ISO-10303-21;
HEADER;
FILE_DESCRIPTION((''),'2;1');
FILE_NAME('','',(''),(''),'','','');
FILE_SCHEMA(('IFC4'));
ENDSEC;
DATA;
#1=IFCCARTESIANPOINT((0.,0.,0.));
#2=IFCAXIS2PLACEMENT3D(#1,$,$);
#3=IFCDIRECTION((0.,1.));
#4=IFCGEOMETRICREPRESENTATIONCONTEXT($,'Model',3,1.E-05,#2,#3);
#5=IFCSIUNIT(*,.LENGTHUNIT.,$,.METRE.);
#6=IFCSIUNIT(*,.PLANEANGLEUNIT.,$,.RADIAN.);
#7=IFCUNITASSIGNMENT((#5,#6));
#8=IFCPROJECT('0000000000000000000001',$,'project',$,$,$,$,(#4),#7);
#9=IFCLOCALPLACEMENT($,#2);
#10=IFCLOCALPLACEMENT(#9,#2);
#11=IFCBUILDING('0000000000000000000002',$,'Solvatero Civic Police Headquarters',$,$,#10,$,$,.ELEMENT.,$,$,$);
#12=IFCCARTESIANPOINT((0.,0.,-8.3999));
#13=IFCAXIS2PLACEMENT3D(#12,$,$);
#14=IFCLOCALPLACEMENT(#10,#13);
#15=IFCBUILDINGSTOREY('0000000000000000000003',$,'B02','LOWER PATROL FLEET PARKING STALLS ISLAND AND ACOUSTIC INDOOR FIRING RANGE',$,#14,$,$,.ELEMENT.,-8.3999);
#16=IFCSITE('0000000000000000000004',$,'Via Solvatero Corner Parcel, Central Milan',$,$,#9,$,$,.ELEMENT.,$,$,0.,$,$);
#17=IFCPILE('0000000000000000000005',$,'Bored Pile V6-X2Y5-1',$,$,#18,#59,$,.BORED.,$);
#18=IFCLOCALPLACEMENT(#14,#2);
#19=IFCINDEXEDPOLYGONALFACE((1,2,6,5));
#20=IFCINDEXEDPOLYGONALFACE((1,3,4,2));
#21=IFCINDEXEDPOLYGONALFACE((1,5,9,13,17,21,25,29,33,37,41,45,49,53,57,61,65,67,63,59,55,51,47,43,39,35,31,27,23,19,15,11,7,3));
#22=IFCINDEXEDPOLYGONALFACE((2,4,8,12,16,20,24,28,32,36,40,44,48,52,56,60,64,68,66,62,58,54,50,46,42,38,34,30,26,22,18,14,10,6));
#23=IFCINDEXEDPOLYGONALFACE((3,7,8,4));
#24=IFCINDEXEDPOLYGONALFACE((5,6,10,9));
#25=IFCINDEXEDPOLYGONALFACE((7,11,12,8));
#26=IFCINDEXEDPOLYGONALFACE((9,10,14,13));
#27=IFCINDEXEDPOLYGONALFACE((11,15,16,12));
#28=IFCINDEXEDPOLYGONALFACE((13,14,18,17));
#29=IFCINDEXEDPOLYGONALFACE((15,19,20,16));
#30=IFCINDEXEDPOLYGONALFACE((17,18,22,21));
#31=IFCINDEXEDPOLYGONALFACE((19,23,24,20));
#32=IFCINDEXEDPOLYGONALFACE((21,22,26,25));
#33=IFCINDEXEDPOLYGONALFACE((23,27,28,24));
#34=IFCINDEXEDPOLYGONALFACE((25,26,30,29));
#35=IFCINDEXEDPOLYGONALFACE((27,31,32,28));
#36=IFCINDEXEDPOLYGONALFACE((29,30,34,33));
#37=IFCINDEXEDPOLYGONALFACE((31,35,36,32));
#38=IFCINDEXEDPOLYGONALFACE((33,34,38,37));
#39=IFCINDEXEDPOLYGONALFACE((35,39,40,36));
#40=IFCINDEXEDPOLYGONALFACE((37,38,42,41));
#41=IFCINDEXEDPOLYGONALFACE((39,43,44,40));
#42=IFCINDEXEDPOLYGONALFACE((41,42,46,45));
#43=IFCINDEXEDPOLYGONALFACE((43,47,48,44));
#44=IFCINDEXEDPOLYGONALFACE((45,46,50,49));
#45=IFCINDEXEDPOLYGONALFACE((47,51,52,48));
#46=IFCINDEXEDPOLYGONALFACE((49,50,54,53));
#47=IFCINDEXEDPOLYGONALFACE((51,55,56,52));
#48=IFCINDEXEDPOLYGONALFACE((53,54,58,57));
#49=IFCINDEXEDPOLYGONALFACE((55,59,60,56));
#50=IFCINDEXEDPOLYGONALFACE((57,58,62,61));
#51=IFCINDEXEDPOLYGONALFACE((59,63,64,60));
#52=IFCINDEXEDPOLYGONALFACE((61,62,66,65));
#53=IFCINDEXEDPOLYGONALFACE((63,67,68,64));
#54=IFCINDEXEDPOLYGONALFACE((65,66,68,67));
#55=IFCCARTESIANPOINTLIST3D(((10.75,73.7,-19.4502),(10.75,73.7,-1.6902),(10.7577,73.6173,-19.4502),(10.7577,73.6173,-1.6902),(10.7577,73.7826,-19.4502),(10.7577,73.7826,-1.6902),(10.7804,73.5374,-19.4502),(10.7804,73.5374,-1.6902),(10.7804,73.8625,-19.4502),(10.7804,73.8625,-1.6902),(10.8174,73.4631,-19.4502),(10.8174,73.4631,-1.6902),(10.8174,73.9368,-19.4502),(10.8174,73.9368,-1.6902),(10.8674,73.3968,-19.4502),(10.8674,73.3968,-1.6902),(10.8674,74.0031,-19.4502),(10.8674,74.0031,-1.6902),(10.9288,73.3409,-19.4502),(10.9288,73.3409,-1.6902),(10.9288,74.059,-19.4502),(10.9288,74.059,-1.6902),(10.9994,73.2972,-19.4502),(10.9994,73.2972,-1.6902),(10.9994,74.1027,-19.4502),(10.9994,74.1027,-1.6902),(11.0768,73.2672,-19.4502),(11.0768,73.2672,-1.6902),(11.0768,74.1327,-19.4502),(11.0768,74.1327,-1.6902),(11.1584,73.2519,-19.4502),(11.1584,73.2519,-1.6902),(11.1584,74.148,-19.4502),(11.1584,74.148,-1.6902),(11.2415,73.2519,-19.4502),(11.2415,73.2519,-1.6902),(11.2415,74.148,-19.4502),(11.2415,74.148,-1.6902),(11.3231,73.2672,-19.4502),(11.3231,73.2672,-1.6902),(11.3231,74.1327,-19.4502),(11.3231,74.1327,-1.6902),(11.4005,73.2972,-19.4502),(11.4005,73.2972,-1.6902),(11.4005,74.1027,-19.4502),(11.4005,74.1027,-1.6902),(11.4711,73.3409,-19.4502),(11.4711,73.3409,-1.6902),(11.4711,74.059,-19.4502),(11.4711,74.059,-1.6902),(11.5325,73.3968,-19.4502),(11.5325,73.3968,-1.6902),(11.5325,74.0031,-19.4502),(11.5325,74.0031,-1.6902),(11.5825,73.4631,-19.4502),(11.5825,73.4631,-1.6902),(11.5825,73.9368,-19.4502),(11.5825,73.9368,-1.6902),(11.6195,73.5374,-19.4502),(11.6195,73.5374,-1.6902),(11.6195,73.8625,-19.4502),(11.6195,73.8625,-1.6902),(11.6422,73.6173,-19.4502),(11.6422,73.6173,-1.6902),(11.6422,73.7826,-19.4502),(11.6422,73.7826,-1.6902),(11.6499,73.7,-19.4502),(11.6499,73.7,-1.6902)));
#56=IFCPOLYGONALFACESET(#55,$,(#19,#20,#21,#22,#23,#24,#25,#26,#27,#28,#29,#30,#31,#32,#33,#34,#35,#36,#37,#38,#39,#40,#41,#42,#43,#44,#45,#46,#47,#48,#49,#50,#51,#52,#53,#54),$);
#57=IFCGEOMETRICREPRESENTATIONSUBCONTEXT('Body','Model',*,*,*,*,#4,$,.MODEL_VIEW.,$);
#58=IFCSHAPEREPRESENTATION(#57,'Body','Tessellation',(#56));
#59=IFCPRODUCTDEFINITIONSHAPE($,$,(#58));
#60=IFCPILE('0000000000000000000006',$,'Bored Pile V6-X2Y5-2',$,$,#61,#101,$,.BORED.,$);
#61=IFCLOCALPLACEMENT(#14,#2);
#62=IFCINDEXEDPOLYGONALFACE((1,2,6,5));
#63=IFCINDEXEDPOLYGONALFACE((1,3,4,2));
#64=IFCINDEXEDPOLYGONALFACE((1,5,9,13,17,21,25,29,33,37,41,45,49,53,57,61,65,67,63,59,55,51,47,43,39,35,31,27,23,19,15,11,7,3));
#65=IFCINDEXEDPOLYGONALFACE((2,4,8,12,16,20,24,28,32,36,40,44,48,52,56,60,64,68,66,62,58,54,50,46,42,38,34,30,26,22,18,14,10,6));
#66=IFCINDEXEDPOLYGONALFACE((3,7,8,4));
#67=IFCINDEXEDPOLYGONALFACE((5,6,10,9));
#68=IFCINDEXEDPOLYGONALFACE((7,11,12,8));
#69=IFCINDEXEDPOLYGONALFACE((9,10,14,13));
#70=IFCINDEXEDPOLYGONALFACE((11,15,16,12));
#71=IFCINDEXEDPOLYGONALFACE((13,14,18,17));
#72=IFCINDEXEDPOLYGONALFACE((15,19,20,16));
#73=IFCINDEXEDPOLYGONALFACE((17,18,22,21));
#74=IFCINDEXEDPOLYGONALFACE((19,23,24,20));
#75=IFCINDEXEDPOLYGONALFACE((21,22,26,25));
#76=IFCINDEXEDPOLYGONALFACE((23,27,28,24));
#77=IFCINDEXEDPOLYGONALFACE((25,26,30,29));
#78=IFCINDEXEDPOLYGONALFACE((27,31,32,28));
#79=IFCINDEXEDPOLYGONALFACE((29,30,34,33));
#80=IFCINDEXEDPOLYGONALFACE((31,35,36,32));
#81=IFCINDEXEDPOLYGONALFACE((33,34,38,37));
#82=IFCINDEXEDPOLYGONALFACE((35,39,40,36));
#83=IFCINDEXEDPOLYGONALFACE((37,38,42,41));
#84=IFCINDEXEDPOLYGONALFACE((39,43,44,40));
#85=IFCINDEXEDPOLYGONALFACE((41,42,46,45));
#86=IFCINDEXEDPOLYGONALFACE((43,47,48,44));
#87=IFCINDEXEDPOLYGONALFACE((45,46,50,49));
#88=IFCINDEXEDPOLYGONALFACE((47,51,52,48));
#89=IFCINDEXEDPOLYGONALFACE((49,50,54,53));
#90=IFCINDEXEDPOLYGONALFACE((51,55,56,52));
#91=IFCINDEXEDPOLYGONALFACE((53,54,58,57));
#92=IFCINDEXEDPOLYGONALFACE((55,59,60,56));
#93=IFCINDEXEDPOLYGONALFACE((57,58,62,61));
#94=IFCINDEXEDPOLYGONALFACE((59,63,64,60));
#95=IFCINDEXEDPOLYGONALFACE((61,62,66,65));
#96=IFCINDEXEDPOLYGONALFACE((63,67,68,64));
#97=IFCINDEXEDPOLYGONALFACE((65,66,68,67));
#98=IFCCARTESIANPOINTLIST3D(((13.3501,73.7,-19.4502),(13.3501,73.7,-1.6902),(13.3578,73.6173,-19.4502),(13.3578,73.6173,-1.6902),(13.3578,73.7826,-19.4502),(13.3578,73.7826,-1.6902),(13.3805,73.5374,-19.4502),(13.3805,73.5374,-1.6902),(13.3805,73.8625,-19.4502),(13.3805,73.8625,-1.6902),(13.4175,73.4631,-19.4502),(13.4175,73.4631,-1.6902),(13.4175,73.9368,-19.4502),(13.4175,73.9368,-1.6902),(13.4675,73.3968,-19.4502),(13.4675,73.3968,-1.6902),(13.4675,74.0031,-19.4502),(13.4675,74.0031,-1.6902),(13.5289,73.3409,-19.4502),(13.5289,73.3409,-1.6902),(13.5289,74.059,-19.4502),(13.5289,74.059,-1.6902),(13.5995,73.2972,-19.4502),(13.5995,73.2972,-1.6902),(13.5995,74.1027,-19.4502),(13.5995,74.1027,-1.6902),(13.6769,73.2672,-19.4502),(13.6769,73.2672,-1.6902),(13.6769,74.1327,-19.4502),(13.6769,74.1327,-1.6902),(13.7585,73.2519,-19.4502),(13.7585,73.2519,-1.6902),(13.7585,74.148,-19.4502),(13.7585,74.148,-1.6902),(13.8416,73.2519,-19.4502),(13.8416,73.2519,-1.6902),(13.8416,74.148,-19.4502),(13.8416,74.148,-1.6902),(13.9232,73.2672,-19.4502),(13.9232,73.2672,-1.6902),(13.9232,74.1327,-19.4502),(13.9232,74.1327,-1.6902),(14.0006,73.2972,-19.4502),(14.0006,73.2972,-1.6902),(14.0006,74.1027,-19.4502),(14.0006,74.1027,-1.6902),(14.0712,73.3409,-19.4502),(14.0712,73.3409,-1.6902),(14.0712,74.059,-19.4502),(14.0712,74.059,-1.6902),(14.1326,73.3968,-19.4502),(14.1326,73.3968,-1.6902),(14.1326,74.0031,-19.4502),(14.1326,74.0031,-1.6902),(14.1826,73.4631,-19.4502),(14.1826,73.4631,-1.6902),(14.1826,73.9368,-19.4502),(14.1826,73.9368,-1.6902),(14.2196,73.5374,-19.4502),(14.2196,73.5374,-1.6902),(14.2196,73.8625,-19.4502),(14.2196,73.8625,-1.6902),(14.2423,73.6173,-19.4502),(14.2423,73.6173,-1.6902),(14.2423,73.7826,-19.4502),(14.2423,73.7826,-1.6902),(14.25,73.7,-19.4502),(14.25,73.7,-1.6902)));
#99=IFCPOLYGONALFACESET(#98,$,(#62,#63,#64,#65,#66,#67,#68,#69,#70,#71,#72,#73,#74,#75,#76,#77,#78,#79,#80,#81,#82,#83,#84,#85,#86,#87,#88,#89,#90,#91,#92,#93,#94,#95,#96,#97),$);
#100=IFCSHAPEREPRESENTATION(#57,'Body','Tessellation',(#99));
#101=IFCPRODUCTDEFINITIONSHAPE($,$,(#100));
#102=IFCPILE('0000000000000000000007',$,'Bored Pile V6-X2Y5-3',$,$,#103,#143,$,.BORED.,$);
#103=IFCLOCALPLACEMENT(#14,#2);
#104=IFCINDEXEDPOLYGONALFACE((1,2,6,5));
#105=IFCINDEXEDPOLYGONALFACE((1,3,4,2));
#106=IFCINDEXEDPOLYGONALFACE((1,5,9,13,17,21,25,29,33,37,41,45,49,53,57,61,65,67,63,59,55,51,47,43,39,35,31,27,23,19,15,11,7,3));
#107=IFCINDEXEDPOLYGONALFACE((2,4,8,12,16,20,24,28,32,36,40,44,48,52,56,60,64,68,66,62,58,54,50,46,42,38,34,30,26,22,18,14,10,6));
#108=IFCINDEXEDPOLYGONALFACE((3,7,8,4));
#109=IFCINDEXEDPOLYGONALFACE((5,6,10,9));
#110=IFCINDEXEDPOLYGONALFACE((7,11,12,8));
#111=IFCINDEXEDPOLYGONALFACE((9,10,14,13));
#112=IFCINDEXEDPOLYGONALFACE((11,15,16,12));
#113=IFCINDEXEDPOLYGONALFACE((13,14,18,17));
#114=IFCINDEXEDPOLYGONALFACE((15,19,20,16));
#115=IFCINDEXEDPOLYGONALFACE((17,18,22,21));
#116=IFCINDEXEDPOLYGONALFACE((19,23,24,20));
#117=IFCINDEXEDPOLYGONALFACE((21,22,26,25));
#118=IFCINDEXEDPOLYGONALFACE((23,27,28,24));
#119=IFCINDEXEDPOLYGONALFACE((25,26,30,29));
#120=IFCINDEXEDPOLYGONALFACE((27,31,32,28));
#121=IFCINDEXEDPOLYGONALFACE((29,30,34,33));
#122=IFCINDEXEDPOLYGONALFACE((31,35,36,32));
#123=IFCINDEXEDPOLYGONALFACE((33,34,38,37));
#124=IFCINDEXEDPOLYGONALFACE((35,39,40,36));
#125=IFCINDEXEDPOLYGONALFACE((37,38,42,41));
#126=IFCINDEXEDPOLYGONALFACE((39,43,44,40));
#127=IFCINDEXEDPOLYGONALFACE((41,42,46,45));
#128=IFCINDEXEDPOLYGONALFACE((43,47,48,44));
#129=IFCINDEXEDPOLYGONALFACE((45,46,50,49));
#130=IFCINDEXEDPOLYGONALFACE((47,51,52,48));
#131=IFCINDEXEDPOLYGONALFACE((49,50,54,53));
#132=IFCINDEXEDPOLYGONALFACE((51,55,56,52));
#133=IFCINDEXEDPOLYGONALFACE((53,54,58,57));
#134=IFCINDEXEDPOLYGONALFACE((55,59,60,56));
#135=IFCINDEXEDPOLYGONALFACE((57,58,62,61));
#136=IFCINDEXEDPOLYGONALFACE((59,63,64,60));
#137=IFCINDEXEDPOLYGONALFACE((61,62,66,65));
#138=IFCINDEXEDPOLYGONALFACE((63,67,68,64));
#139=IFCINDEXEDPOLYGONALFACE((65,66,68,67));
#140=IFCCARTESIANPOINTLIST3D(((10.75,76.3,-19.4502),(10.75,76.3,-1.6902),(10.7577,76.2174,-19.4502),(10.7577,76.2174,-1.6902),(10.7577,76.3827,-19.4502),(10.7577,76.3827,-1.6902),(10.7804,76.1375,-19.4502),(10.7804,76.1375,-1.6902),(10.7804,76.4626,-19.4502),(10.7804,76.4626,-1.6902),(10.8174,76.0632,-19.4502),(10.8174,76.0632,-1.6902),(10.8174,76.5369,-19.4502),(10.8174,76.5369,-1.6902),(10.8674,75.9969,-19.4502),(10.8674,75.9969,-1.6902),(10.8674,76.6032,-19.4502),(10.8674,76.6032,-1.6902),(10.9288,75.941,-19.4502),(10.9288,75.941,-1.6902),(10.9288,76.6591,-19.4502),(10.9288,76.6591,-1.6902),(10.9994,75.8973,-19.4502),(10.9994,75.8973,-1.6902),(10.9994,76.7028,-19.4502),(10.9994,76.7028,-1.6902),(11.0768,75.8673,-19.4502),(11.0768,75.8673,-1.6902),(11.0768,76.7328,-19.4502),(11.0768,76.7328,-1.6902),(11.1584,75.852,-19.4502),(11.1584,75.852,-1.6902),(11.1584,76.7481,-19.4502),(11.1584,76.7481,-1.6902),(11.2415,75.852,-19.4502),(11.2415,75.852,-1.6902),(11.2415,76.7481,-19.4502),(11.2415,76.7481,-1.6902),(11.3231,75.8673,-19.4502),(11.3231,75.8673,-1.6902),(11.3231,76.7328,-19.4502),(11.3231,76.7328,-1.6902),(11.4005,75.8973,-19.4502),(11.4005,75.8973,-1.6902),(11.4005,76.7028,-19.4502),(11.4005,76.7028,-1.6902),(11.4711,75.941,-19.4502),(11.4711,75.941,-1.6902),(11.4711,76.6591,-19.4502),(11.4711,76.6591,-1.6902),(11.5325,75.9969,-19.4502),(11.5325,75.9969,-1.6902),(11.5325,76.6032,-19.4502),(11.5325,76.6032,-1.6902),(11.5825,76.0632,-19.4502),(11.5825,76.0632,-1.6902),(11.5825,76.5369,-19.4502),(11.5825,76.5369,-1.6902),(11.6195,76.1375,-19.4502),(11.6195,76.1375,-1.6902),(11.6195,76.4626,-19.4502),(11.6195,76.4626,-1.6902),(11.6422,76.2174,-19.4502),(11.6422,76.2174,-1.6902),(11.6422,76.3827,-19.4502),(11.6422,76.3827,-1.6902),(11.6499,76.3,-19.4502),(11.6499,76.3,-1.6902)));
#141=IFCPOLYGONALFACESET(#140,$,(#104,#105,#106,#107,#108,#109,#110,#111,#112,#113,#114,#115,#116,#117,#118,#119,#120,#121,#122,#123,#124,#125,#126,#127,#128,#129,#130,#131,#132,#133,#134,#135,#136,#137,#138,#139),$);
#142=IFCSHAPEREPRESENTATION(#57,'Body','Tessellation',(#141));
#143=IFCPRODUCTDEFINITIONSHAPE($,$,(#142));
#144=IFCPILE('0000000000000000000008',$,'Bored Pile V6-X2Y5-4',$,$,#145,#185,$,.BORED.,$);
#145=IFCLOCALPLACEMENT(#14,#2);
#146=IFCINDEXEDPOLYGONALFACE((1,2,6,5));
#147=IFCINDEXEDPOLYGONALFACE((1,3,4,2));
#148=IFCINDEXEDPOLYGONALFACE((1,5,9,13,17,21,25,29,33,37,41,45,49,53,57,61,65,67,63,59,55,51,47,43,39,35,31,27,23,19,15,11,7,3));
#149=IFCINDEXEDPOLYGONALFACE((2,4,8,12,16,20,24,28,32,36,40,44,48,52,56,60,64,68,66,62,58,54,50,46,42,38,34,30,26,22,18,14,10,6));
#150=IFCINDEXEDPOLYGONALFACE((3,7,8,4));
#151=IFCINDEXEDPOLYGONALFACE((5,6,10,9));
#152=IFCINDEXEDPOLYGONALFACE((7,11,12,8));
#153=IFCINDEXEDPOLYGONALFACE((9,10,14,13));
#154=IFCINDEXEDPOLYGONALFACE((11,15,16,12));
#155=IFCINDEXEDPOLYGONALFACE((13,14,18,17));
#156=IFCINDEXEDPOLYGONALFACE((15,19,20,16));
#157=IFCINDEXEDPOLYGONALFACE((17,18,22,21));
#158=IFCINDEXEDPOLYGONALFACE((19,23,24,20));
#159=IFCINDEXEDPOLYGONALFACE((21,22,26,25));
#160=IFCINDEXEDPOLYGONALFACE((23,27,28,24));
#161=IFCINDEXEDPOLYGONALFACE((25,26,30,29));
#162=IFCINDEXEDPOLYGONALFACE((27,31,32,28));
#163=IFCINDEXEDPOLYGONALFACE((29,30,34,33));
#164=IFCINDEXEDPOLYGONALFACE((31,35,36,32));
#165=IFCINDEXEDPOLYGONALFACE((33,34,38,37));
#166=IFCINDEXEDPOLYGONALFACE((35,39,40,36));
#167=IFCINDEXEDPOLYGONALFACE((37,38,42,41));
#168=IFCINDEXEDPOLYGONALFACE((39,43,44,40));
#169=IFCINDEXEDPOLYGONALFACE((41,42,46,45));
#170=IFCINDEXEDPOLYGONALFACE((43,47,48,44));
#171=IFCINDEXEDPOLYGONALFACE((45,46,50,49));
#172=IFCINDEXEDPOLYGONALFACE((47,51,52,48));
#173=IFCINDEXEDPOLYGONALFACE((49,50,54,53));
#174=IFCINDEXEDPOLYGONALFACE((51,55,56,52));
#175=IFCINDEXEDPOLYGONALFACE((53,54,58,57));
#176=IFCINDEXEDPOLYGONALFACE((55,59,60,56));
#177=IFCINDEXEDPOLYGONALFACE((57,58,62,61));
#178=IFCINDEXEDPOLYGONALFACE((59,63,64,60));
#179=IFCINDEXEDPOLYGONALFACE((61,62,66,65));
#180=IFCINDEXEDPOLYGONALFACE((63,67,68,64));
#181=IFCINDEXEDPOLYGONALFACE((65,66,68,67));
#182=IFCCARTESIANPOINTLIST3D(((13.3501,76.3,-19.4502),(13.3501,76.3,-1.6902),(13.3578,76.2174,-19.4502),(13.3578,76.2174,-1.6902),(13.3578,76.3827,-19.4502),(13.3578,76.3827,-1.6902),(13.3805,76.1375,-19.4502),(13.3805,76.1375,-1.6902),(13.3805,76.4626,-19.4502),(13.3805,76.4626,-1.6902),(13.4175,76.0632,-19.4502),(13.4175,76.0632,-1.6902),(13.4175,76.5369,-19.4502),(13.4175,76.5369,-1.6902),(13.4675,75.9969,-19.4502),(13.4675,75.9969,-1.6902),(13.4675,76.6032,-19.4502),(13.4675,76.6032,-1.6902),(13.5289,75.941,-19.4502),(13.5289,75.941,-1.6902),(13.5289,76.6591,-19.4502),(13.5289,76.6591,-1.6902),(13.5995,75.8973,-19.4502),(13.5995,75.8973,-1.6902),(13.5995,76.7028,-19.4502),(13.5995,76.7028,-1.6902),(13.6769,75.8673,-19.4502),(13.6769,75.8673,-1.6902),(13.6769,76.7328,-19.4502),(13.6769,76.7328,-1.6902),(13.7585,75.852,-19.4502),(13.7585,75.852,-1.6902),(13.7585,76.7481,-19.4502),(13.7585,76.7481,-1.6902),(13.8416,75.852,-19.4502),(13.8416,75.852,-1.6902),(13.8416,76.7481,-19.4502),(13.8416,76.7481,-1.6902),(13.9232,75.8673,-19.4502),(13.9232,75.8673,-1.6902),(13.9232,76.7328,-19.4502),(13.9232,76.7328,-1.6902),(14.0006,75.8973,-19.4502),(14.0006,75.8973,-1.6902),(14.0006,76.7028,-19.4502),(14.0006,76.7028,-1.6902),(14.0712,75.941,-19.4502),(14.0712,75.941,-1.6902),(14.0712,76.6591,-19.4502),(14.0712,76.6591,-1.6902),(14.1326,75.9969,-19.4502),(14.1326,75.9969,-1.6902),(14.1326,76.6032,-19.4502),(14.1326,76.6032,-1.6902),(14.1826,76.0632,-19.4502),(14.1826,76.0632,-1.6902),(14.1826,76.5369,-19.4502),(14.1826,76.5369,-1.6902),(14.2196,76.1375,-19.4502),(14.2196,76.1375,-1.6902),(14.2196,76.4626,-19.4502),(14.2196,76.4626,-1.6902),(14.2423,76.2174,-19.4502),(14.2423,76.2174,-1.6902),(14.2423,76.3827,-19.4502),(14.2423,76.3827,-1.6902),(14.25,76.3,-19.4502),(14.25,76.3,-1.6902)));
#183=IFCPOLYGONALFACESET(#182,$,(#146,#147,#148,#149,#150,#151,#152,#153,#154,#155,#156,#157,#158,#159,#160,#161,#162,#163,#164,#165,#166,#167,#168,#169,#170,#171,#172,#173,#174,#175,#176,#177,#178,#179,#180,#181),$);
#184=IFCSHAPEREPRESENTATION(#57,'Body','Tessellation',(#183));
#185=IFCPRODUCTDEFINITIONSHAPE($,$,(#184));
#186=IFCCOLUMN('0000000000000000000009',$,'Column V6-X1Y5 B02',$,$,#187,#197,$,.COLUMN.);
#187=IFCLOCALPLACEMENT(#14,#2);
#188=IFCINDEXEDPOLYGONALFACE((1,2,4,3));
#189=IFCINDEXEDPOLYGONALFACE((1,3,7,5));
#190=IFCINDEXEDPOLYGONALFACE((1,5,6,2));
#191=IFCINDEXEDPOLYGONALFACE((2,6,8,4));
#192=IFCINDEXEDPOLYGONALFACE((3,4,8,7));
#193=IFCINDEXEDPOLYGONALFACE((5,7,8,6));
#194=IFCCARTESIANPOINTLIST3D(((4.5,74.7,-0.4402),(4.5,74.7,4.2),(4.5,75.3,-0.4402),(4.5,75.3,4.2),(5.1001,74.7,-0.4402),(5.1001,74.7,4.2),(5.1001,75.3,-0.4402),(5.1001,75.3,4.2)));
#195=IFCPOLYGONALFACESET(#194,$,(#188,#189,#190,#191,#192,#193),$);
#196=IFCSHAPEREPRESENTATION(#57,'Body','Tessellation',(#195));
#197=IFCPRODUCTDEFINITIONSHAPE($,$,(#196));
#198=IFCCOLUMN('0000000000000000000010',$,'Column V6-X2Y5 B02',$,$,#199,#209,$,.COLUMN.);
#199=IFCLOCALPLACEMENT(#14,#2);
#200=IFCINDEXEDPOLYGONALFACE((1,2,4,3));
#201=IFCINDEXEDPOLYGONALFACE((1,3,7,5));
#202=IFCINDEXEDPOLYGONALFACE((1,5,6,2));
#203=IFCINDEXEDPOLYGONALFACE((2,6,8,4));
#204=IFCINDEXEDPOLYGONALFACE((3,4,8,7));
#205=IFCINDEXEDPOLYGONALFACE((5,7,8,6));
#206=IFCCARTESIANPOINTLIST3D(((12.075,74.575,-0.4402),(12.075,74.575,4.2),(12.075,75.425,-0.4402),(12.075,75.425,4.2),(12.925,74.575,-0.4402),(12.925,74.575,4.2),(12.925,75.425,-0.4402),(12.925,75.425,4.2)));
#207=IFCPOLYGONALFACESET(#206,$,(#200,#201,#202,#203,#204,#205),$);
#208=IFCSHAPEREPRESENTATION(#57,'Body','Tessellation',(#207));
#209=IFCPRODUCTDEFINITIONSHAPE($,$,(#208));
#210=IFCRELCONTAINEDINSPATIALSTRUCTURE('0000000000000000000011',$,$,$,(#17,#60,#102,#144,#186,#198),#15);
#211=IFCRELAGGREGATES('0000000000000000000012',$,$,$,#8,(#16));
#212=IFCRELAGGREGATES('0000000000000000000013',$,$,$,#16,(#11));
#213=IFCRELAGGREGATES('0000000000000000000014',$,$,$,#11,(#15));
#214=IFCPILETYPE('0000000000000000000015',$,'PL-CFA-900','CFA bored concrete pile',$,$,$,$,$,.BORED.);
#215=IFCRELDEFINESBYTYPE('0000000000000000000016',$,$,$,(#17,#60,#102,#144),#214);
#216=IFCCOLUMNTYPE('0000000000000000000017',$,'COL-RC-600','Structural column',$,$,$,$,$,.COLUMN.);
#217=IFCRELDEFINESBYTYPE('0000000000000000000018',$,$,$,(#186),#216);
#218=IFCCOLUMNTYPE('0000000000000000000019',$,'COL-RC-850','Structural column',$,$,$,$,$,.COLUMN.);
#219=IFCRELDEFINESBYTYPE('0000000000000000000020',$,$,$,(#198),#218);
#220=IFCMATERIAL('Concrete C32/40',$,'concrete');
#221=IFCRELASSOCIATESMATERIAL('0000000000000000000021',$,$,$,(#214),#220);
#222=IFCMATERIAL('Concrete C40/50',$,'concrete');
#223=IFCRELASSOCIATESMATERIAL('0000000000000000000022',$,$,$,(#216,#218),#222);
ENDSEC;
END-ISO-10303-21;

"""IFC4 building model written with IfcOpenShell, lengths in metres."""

from ifc_helpers import new_model, si_unit, direction, frame, origin, origin_2d, place, context, subcontext, project, spatial, rectangle, circle, extrude, material, material_profile, profile_set, type_object, element, save


model = new_model("IFC4")

# Units and contexts
model_context = context("Model", 3, precision=1e-05, world=origin(), true_north=direction((0.0, 1.0)))
body_context = subcontext(model_context, "Body", "Model", "MODEL_VIEW")
ifc_project = project(units=[si_unit("LENGTHUNIT", "METRE"), si_unit("PLANEANGLEUNIT", "RADIAN")], contexts=[model_context])

# Site, building, storey
site_placement = place(None, origin())
site = spatial("IfcSite", under=ifc_project, at=site_placement, Name="Via Solvatero Corner Parcel, Central Milan", CompositionType="ELEMENT", RefElevation=0.0)
building_placement = place(site_placement, origin())
building = spatial("IfcBuilding", under=site, at=building_placement, Name="Solvatero Civic Police Headquarters", CompositionType="ELEMENT")
storey_placement = place(building_placement, frame((0.0, 0.0, -8.3999)))
storey = spatial("IfcBuildingStorey", under=building, at=storey_placement, Name="B02", Description="LOWER PATROL FLEET PARKING STALLS ISLAND AND ACOUSTIC INDOOR FIRING RANGE", CompositionType="ELEMENT", Elevation=-8.3999)

# Piles
ifc_material_1 = material(Name="Concrete C32/40", Category="concrete")
ifc_material_profile_1 = material_profile(ifc_material_1, circle(Radius=0.45, at=origin_2d()), Name="CFA PILE D900")
ifc_profile_set_1 = profile_set([ifc_material_profile_1], Name="Concrete C32/40")
pile_type = type_object("IfcPileType", Name="PL-CFA-900", Description="CFA bored concrete pile", PredefinedType="BORED", material=ifc_profile_set_1)
for number, where, z_axis, x_axis, name in (
    (1, (11.2, 73.7, -1.6902), (0.0, 0.0, -1.0), (1.0, 0.0, 0.0), "Bored Pile V6-X2Y5-1"),
    (2, (13.8, 73.7, -1.6902), (0.0, 0.0, -1.0), (1.0, 0.0, 0.0), "Bored Pile V6-X2Y5-2"),
    (3, (11.2, 76.3, -1.6902), (0.0, 0.0, -1.0), (1.0, 0.0, 0.0), "Bored Pile V6-X2Y5-3"),
    (4, (13.8, 76.3, -1.6902), (0.0, 0.0, -1.0), (1.0, 0.0, 0.0), "Bored Pile V6-X2Y5-4"),
):
    element("IfcPile", number, at=place(storey_placement, frame(where, z_axis=z_axis, x_axis=x_axis)), inside=storey, type_object=pile_type, Name=name, PredefinedType="BORED", context=body_context, shape_type="SweptSolid", body=[
        extrude(circle(Radius=0.45, at=origin_2d()), origin(), (0.0, 0.0, 1.0), 17.76),
    ])

# Columns
ifc_material_2 = material(Name="Concrete C40/50", Category="concrete")
ifc_material_profile_2 = material_profile(ifc_material_2, rectangle(XDim=0.6001, YDim=0.6001, at=origin_2d()), Name="RC 600x600")
ifc_profile_set_2 = profile_set([ifc_material_profile_2], Name="Concrete C40/50")
column_type_1 = type_object("IfcColumnType", Name="COL-RC-600", Description="Structural column", PredefinedType="COLUMN", material=ifc_profile_set_2)
column_1_placement = place(storey_placement, frame((4.8, 75.0, -0.4402), z_axis=(0.0, 0.0, 1.0), x_axis=(1.0, 0.0, 0.0)))
element("IfcColumn", 5, at=column_1_placement, inside=storey, type_object=column_type_1, Name="Column V6-X1Y5 B02", PredefinedType="COLUMN", context=body_context, shape_type="SweptSolid", body=[
    extrude(rectangle(XDim=0.6001, YDim=0.6001, at=origin_2d()), origin(), (0.0, 0.0, 1.0), 4.6401),
])
ifc_material_profile_3 = material_profile(ifc_material_2, rectangle(XDim=0.8501, YDim=0.8501, at=origin_2d()), Name="RC 850x850")
ifc_profile_set_3 = profile_set([ifc_material_profile_3], Name="Concrete C40/50")
column_type_2 = type_object("IfcColumnType", Name="COL-RC-850", Description="Structural column", PredefinedType="COLUMN", material=ifc_profile_set_3)
column_2_placement = place(storey_placement, frame((12.5, 75.0, -0.4402), z_axis=(0.0, 0.0, 1.0), x_axis=(1.0, 0.0, 0.0)))
element("IfcColumn", 6, at=column_2_placement, inside=storey, type_object=column_type_2, Name="Column V6-X2Y5 B02", PredefinedType="COLUMN", context=body_context, shape_type="SweptSolid", body=[
    extrude(rectangle(XDim=0.8501, YDim=0.8501, at=origin_2d()), origin(), (0.0, 0.0, 1.0), 4.6401),
])

save(model, "model.ifc")
